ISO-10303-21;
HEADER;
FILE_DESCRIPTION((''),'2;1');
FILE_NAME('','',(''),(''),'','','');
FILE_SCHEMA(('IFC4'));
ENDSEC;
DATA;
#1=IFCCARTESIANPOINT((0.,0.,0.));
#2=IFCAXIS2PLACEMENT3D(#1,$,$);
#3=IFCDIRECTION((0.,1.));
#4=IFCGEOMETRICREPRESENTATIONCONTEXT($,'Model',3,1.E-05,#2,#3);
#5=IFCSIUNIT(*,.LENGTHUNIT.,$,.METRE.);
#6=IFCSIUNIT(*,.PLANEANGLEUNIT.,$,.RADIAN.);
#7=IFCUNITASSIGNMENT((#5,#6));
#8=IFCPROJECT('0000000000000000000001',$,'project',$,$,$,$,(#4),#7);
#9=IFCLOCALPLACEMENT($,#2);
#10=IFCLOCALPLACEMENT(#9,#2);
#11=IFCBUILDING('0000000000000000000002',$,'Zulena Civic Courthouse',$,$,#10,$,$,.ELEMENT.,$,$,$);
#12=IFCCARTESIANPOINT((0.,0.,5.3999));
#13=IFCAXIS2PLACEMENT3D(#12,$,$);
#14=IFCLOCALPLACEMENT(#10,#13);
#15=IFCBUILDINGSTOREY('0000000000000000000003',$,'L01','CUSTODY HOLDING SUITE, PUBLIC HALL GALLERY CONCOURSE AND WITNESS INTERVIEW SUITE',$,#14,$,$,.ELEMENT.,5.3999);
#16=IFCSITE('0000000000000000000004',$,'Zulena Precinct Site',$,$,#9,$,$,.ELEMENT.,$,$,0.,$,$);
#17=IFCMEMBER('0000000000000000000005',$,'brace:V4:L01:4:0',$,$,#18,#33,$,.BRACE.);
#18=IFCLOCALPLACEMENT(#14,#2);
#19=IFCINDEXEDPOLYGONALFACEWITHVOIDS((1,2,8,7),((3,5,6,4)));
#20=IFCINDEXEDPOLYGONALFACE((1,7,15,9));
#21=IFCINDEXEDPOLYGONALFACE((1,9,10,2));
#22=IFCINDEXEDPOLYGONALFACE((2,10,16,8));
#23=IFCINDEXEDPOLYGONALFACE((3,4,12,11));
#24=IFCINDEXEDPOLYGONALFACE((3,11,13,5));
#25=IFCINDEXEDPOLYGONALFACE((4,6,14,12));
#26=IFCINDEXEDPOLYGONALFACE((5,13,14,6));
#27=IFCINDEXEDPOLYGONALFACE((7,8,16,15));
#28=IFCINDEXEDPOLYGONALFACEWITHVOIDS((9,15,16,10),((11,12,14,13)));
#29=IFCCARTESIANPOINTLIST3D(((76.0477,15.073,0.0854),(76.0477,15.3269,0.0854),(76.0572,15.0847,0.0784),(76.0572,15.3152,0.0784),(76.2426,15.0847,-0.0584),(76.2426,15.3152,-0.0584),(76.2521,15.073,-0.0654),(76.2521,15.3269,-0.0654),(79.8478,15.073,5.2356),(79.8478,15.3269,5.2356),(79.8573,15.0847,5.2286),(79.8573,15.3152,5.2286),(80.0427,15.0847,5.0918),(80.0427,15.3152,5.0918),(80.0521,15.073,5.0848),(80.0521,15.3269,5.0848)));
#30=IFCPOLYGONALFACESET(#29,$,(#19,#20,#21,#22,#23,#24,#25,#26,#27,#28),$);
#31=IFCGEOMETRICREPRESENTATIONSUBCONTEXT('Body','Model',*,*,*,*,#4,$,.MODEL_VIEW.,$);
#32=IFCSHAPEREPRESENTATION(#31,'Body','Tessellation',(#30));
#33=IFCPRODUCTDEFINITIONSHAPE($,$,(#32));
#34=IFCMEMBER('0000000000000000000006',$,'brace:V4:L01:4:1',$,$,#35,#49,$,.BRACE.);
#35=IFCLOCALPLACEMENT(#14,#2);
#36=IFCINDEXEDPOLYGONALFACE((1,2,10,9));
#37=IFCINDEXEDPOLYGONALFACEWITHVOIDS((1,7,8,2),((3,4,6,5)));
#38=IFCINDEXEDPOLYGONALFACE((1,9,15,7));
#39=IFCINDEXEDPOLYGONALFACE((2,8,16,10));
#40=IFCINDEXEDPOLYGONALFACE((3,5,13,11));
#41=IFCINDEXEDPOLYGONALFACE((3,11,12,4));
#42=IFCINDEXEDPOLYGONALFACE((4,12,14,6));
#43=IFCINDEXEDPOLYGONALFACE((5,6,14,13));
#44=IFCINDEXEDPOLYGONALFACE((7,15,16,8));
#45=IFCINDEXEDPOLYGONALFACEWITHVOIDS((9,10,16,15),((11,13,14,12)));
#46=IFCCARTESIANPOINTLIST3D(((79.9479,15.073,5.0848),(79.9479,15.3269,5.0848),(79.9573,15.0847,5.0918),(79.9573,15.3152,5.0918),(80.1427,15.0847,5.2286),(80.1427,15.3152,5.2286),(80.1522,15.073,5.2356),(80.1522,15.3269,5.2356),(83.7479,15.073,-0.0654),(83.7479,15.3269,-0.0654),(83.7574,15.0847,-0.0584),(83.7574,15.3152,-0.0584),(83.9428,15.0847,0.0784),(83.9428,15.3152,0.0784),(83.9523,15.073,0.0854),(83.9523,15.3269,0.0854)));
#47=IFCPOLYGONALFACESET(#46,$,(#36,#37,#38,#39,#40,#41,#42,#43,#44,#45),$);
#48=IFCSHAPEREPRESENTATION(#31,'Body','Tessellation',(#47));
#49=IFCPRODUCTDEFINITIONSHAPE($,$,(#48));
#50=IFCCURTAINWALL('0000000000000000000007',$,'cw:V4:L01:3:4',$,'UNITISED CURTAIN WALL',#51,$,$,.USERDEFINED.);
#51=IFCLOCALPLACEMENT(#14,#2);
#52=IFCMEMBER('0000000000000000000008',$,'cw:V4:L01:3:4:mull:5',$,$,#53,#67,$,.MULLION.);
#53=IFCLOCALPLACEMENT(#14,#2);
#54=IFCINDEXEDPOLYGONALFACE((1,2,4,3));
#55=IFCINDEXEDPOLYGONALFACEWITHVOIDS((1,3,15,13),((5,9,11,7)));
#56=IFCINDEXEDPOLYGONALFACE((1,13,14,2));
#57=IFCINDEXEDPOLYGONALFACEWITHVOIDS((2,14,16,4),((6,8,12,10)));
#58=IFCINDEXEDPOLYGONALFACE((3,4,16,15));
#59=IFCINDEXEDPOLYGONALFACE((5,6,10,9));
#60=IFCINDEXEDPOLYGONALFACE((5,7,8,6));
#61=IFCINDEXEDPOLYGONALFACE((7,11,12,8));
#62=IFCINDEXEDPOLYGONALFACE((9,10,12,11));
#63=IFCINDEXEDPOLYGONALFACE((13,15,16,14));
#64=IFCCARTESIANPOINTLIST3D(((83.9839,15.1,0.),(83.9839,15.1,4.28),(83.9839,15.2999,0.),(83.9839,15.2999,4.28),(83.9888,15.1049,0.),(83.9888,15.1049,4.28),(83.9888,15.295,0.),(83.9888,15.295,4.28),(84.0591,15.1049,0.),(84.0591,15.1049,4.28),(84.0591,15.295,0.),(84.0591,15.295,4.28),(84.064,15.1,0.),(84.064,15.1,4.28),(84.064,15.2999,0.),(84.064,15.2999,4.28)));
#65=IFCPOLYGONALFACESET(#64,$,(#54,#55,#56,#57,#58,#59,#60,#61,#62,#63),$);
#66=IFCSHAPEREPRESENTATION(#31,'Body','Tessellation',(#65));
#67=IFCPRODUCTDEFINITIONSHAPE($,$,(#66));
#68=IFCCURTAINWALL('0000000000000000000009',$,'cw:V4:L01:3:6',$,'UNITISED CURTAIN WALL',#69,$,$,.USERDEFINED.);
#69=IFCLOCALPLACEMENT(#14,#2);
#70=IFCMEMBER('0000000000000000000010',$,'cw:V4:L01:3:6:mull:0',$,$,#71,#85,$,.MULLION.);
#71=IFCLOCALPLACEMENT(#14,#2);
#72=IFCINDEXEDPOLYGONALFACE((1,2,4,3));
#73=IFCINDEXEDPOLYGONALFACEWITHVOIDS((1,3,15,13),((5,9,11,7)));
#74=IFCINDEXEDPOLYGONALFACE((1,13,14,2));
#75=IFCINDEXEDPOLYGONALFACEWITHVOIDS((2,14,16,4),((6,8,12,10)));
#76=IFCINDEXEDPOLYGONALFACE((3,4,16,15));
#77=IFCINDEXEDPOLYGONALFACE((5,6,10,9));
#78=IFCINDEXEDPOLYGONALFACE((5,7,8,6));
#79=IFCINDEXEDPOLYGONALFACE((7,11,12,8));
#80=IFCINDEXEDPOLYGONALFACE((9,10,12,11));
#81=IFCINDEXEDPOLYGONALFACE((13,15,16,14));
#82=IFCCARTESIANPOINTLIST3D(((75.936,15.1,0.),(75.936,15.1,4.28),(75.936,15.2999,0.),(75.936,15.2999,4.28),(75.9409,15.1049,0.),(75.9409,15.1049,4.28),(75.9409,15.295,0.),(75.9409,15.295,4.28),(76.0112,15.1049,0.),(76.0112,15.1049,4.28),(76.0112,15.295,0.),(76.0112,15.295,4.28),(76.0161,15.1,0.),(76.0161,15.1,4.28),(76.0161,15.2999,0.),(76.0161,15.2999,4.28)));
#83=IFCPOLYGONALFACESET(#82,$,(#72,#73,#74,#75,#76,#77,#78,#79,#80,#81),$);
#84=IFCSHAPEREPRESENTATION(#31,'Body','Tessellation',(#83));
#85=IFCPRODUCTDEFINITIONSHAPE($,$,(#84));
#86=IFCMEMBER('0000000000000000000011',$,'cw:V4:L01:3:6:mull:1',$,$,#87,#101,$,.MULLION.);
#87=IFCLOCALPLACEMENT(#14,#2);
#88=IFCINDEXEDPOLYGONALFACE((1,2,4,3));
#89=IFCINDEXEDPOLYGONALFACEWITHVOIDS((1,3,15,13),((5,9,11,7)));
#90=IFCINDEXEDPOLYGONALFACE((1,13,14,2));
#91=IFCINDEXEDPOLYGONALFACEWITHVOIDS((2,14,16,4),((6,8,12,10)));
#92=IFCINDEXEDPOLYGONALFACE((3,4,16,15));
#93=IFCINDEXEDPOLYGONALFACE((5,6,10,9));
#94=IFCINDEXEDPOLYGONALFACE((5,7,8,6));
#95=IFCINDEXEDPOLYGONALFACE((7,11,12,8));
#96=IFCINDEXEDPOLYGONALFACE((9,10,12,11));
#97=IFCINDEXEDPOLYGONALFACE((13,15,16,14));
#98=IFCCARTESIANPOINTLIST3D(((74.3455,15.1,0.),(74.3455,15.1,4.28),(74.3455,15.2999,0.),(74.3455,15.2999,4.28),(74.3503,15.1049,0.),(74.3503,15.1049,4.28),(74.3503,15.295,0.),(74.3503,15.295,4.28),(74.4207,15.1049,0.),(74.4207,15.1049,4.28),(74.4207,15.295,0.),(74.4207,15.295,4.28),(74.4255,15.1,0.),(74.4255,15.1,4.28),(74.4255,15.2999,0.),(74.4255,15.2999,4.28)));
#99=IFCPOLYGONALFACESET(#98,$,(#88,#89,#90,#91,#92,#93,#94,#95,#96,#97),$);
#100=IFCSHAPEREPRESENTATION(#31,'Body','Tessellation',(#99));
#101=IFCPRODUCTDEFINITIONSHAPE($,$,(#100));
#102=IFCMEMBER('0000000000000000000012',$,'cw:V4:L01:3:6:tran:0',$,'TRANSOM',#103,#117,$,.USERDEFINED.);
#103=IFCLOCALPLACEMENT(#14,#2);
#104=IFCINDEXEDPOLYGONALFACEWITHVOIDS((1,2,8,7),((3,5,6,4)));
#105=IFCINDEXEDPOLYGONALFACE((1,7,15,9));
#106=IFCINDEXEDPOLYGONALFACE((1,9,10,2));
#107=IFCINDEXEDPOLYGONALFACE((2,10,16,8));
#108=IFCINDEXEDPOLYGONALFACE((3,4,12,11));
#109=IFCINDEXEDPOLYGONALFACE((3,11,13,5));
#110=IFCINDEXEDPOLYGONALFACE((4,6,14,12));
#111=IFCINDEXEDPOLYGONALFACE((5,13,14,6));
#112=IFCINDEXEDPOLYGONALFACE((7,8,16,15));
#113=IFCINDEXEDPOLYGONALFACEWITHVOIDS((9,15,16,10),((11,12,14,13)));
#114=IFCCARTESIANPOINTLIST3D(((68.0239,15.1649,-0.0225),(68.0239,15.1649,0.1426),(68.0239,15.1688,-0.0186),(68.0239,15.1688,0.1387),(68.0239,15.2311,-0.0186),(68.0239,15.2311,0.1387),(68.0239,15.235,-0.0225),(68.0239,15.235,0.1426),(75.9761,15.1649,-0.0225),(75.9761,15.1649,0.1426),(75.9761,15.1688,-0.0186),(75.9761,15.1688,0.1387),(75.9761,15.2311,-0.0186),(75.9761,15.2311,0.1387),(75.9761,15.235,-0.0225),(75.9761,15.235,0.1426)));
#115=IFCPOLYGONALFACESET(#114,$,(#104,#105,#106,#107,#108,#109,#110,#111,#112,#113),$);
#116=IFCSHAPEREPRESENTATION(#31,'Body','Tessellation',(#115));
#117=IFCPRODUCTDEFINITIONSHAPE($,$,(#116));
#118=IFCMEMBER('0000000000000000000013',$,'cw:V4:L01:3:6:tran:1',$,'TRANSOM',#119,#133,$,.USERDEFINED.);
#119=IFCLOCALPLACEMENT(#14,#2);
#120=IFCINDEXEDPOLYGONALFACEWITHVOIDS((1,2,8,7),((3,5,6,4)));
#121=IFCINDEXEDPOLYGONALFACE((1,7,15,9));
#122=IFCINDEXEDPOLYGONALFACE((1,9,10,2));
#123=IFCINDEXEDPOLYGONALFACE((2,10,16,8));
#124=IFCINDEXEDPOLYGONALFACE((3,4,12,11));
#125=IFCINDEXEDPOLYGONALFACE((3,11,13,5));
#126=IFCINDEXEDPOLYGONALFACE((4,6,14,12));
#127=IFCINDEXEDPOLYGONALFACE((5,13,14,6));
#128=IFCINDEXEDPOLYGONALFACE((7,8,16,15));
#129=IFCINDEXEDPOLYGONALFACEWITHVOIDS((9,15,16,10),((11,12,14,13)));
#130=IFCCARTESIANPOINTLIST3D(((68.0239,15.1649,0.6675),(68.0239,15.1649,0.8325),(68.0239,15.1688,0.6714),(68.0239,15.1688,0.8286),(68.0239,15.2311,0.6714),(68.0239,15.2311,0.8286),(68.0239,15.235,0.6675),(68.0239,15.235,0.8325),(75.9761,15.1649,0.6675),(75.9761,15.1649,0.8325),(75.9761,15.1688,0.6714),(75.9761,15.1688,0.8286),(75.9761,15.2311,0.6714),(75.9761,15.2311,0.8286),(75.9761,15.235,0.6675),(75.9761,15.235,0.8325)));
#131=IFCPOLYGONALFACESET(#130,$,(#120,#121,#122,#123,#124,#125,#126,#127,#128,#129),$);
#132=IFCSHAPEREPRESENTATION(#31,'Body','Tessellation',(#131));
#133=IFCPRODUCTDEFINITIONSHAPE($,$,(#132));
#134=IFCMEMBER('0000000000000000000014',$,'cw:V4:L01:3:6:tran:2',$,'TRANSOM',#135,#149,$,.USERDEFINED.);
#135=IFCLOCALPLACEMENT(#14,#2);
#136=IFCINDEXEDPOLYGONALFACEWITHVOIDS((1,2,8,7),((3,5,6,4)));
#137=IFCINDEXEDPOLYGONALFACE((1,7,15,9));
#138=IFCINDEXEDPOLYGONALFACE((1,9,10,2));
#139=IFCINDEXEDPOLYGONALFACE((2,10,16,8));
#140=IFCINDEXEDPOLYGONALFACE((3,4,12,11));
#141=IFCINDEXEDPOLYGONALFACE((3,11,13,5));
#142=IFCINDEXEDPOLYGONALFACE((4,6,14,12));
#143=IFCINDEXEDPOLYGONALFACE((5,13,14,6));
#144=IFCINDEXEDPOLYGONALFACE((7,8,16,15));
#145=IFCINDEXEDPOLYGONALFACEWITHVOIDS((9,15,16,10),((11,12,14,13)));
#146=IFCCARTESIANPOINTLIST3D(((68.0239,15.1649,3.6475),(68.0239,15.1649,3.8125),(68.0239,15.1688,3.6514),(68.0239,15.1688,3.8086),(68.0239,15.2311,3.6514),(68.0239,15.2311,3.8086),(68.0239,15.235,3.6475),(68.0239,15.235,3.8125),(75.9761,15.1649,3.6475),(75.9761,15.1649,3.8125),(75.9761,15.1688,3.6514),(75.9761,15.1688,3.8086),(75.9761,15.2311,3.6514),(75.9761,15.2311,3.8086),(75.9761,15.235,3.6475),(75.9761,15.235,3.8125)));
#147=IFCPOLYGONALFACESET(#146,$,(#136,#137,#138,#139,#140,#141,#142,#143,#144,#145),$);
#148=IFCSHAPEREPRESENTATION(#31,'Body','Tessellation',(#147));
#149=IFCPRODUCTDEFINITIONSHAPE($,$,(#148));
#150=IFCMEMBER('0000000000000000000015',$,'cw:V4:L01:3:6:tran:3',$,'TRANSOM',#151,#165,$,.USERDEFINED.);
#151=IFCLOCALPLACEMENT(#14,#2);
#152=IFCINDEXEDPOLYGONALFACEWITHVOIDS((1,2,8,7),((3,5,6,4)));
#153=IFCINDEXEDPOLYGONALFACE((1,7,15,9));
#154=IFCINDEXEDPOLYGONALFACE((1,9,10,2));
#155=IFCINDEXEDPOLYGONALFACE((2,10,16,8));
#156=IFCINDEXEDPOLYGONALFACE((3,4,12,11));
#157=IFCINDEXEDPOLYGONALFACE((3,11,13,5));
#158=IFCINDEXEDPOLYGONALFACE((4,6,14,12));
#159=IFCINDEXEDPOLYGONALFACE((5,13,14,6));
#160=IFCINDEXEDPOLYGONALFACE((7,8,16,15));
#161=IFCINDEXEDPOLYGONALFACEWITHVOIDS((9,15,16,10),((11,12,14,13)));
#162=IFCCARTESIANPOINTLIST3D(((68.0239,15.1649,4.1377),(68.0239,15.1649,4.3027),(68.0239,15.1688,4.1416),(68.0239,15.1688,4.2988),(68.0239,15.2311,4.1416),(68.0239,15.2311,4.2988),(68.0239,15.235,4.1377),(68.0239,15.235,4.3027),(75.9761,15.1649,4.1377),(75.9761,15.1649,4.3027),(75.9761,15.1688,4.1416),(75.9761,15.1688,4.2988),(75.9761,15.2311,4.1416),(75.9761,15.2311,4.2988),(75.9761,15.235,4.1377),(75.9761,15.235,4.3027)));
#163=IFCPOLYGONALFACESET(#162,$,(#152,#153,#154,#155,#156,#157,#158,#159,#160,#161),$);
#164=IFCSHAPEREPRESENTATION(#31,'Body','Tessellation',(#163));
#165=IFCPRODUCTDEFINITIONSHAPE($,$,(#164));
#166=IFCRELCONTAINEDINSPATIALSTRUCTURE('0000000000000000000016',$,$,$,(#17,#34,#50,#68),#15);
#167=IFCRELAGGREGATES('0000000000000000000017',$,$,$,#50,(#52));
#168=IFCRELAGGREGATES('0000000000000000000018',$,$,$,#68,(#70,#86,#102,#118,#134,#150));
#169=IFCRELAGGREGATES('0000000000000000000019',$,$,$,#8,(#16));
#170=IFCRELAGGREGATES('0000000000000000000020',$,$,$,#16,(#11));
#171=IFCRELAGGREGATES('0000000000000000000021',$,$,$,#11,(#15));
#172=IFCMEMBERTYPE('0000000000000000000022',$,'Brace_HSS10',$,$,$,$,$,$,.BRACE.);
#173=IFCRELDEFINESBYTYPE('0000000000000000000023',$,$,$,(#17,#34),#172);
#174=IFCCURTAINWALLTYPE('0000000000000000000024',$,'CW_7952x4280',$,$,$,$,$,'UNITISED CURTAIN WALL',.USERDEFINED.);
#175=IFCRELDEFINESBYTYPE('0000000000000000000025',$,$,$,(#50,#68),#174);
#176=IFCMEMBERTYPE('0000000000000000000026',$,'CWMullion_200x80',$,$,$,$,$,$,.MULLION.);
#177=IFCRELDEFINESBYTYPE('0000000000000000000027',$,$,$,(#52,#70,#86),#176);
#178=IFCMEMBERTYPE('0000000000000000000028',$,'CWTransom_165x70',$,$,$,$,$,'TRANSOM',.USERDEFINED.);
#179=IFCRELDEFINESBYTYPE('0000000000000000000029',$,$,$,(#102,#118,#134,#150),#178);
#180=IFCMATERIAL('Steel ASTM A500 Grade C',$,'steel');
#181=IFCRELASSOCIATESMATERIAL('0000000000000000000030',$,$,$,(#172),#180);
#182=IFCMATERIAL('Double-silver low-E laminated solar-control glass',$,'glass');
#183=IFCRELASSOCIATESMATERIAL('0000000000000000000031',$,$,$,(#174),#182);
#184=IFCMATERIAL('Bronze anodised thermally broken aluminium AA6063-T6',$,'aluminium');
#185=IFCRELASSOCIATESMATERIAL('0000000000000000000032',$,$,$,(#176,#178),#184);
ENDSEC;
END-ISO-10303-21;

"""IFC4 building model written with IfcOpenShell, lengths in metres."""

from ifc_helpers import new_model, si_unit, direction, frame, origin, origin_2d, place, context, subcontext, project, spatial, hollow_rectangle, extrude, material, material_profile, profile_set, type_object, element, aggregate, save


model = new_model("IFC4")

# Units and contexts
model_context = context("Model", 3, precision=1e-05, world=origin(), true_north=direction((0.0, 1.0)))
body_context = subcontext(model_context, "Body", "Model", "MODEL_VIEW")
ifc_project = project(units=[si_unit("LENGTHUNIT", "METRE"), si_unit("PLANEANGLEUNIT", "RADIAN")], contexts=[model_context])

# Site, building, storey
site_placement = place(None, origin())
site = spatial("IfcSite", under=ifc_project, at=site_placement, Name="Zulena Precinct Site", CompositionType="ELEMENT", RefElevation=0.0)
building_placement = place(site_placement, origin())
building = spatial("IfcBuilding", under=site, at=building_placement, Name="Zulena Civic Courthouse", CompositionType="ELEMENT")
storey_placement = place(building_placement, frame((0.0, 0.0, 5.3999)))
storey = spatial("IfcBuildingStorey", under=building, at=storey_placement, Name="L01", Description="CUSTODY HOLDING SUITE, PUBLIC HALL GALLERY CONCOURSE AND WITNESS INTERVIEW SUITE", CompositionType="ELEMENT", Elevation=5.3999)

# Members
ifc_material_1 = material(Name="Steel ASTM A500 Grade C", Category="steel")
ifc_material_profile_1 = material_profile(ifc_material_1, hollow_rectangle(XDim=0.2539, YDim=0.2539, WallThickness=0.0117, at=origin_2d()), Name="HSS10X10X1/2")
ifc_profile_set_1 = profile_set([ifc_material_profile_1], Name="Steel ASTM A500 Grade C")
member_type_1 = type_object("IfcMemberType", Name="Brace_HSS10", PredefinedType="BRACE", material=ifc_profile_set_1)
for number, where, z_axis, x_axis, name in (
    (1, (76.1499, 15.2, 0.01), (0.593726, 0.0, 0.804667), (0.0, 1.0, 0.0), "brace:V4:L01:4:0"),
    (2, (83.8501, 15.2, 0.01), (-0.593726, 0.0, 0.804667), (0.0, -1.0, 0.0), "brace:V4:L01:4:1"),
):
    element("IfcMember", number, at=place(storey_placement, frame(where, z_axis=z_axis, x_axis=x_axis)), inside=storey, type_object=member_type_1, Name=name, PredefinedType="BRACE", context=body_context, shape_type="SweptSolid", body=[
        extrude(hollow_rectangle(XDim=0.2539, YDim=0.2539, WallThickness=0.0117, at=origin_2d()), origin(), (0.0, 0.0, 1.0), 6.4004),
    ])

# Curtain wall, member
ifc_material_2 = material(Name="Double-silver low-E laminated solar-control glass", Category="glass")
curtain_wall_type = type_object("IfcCurtainWallType", Name="CW_7952x4280", ElementType="UNITISED CURTAIN WALL", PredefinedType="USERDEFINED", material=ifc_material_2)
curtain_wall_1_placement = place(storey_placement, origin())
curtain_wall_1 = element("IfcCurtainWall", 3, at=curtain_wall_1_placement, inside=storey, type_object=curtain_wall_type, Name="cw:V4:L01:3:4", ObjectType="UNITISED CURTAIN WALL", PredefinedType="USERDEFINED")
ifc_material_3 = material(Name="Bronze anodised thermally broken aluminium AA6063-T6", Category="aluminium")
ifc_material_profile_2 = material_profile(ifc_material_3, hollow_rectangle(XDim=0.0801, YDim=0.2, WallThickness=0.0049, at=origin_2d()), Name="CWM200X80X5")
ifc_profile_set_2 = profile_set([ifc_material_profile_2], Name="Bronze anodised thermally broken aluminium AA6063-T6")
member_type_2 = type_object("IfcMemberType", Name="CWMullion_200x80", PredefinedType="MULLION", material=ifc_profile_set_2)
member_1_placement = place(storey_placement, frame((84.0239, 15.2, 0.0), z_axis=(0.0, 0.0, 1.0), x_axis=(1.0, 0.0, 0.0)))
member_1 = element("IfcMember", 4, at=member_1_placement, type_object=member_type_2, Name="cw:V4:L01:3:4:mull:5", PredefinedType="MULLION", context=body_context, shape_type="SweptSolid", body=[
    extrude(hollow_rectangle(XDim=0.0801, YDim=0.2, WallThickness=0.0049, at=origin_2d()), origin(), (0.0, 0.0, 1.0), 4.28),
])
aggregate(curtain_wall_1, [member_1])

# Curtain wall, members
curtain_wall_2_placement = place(storey_placement, origin())
curtain_wall_2 = element("IfcCurtainWall", 5, at=curtain_wall_2_placement, inside=storey, type_object=curtain_wall_type, Name="cw:V4:L01:3:6", ObjectType="UNITISED CURTAIN WALL", PredefinedType="USERDEFINED")
member_2_placement = place(storey_placement, frame((75.9761, 15.2, 0.0), z_axis=(0.0, 0.0, 1.0), x_axis=(1.0, 0.0, 0.0)))
member_2 = element("IfcMember", 6, at=member_2_placement, type_object=member_type_2, Name="cw:V4:L01:3:6:mull:0", PredefinedType="MULLION", context=body_context, shape_type="SweptSolid", body=[
    extrude(hollow_rectangle(XDim=0.0801, YDim=0.2, WallThickness=0.0049, at=origin_2d()), origin(), (0.0, 0.0, 1.0), 4.28),
])
member_3_placement = place(storey_placement, frame((74.3855, 15.2, 0.0), z_axis=(0.0, 0.0, 1.0), x_axis=(1.0, 0.0, 0.0)))
member_3 = element("IfcMember", 7, at=member_3_placement, type_object=member_type_2, Name="cw:V4:L01:3:6:mull:1", PredefinedType="MULLION", context=body_context, shape_type="SweptSolid", body=[
    extrude(hollow_rectangle(XDim=0.0801, YDim=0.2, WallThickness=0.0049, at=origin_2d()), origin(), (0.0, 0.0, 1.0), 4.28),
])
ifc_material_profile_3 = material_profile(ifc_material_3, hollow_rectangle(XDim=0.0701, YDim=0.165, WallThickness=0.0039, at=origin_2d()), Name="CWT165X70X4")
ifc_profile_set_3 = profile_set([ifc_material_profile_3], Name="Bronze anodised thermally broken aluminium AA6063-T6")
member_type_3 = type_object("IfcMemberType", Name="CWTransom_165x70", ElementType="TRANSOM", PredefinedType="USERDEFINED", material=ifc_profile_set_3)
member_4_placement = place(storey_placement, frame((75.9761, 15.2, 0.0601), z_axis=(-1.0, 0.0, 0.0), x_axis=(0.0, -1.0, 0.0)))
member_4 = element("IfcMember", 8, at=member_4_placement, type_object=member_type_3, Name="cw:V4:L01:3:6:tran:0", ObjectType="TRANSOM", PredefinedType="USERDEFINED", context=body_context, shape_type="SweptSolid", body=[
    extrude(hollow_rectangle(XDim=0.0701, YDim=0.165, WallThickness=0.0039, at=origin_2d()), origin(), (0.0, 0.0, 1.0), 7.9521),
])
member_5_placement = place(storey_placement, frame((75.9761, 15.2, 0.75), z_axis=(-1.0, 0.0, 0.0), x_axis=(0.0, -1.0, 0.0)))
member_5 = element("IfcMember", 9, at=member_5_placement, type_object=member_type_3, Name="cw:V4:L01:3:6:tran:1", ObjectType="TRANSOM", PredefinedType="USERDEFINED", context=body_context, shape_type="SweptSolid", body=[
    extrude(hollow_rectangle(XDim=0.0701, YDim=0.165, WallThickness=0.0039, at=origin_2d()), origin(), (0.0, 0.0, 1.0), 7.9521),
])
member_6_placement = place(storey_placement, frame((75.9761, 15.2, 3.73), z_axis=(-1.0, 0.0, 0.0), x_axis=(0.0, -1.0, 0.0)))
member_6 = element("IfcMember", 10, at=member_6_placement, type_object=member_type_3, Name="cw:V4:L01:3:6:tran:2", ObjectType="TRANSOM", PredefinedType="USERDEFINED", context=body_context, shape_type="SweptSolid", body=[
    extrude(hollow_rectangle(XDim=0.0701, YDim=0.165, WallThickness=0.0039, at=origin_2d()), origin(), (0.0, 0.0, 1.0), 7.9521),
])
member_7_placement = place(storey_placement, frame((75.9761, 15.2, 4.2202), z_axis=(-1.0, 0.0, 0.0), x_axis=(0.0, -1.0, 0.0)))
member_7 = element("IfcMember", 11, at=member_7_placement, type_object=member_type_3, Name="cw:V4:L01:3:6:tran:3", ObjectType="TRANSOM", PredefinedType="USERDEFINED", context=body_context, shape_type="SweptSolid", body=[
    extrude(hollow_rectangle(XDim=0.0701, YDim=0.165, WallThickness=0.0039, at=origin_2d()), origin(), (0.0, 0.0, 1.0), 7.9521),
])

aggregate(curtain_wall_2, [member_2, member_3, member_4, member_5, member_6, member_7])

save(model, "model.ifc")
